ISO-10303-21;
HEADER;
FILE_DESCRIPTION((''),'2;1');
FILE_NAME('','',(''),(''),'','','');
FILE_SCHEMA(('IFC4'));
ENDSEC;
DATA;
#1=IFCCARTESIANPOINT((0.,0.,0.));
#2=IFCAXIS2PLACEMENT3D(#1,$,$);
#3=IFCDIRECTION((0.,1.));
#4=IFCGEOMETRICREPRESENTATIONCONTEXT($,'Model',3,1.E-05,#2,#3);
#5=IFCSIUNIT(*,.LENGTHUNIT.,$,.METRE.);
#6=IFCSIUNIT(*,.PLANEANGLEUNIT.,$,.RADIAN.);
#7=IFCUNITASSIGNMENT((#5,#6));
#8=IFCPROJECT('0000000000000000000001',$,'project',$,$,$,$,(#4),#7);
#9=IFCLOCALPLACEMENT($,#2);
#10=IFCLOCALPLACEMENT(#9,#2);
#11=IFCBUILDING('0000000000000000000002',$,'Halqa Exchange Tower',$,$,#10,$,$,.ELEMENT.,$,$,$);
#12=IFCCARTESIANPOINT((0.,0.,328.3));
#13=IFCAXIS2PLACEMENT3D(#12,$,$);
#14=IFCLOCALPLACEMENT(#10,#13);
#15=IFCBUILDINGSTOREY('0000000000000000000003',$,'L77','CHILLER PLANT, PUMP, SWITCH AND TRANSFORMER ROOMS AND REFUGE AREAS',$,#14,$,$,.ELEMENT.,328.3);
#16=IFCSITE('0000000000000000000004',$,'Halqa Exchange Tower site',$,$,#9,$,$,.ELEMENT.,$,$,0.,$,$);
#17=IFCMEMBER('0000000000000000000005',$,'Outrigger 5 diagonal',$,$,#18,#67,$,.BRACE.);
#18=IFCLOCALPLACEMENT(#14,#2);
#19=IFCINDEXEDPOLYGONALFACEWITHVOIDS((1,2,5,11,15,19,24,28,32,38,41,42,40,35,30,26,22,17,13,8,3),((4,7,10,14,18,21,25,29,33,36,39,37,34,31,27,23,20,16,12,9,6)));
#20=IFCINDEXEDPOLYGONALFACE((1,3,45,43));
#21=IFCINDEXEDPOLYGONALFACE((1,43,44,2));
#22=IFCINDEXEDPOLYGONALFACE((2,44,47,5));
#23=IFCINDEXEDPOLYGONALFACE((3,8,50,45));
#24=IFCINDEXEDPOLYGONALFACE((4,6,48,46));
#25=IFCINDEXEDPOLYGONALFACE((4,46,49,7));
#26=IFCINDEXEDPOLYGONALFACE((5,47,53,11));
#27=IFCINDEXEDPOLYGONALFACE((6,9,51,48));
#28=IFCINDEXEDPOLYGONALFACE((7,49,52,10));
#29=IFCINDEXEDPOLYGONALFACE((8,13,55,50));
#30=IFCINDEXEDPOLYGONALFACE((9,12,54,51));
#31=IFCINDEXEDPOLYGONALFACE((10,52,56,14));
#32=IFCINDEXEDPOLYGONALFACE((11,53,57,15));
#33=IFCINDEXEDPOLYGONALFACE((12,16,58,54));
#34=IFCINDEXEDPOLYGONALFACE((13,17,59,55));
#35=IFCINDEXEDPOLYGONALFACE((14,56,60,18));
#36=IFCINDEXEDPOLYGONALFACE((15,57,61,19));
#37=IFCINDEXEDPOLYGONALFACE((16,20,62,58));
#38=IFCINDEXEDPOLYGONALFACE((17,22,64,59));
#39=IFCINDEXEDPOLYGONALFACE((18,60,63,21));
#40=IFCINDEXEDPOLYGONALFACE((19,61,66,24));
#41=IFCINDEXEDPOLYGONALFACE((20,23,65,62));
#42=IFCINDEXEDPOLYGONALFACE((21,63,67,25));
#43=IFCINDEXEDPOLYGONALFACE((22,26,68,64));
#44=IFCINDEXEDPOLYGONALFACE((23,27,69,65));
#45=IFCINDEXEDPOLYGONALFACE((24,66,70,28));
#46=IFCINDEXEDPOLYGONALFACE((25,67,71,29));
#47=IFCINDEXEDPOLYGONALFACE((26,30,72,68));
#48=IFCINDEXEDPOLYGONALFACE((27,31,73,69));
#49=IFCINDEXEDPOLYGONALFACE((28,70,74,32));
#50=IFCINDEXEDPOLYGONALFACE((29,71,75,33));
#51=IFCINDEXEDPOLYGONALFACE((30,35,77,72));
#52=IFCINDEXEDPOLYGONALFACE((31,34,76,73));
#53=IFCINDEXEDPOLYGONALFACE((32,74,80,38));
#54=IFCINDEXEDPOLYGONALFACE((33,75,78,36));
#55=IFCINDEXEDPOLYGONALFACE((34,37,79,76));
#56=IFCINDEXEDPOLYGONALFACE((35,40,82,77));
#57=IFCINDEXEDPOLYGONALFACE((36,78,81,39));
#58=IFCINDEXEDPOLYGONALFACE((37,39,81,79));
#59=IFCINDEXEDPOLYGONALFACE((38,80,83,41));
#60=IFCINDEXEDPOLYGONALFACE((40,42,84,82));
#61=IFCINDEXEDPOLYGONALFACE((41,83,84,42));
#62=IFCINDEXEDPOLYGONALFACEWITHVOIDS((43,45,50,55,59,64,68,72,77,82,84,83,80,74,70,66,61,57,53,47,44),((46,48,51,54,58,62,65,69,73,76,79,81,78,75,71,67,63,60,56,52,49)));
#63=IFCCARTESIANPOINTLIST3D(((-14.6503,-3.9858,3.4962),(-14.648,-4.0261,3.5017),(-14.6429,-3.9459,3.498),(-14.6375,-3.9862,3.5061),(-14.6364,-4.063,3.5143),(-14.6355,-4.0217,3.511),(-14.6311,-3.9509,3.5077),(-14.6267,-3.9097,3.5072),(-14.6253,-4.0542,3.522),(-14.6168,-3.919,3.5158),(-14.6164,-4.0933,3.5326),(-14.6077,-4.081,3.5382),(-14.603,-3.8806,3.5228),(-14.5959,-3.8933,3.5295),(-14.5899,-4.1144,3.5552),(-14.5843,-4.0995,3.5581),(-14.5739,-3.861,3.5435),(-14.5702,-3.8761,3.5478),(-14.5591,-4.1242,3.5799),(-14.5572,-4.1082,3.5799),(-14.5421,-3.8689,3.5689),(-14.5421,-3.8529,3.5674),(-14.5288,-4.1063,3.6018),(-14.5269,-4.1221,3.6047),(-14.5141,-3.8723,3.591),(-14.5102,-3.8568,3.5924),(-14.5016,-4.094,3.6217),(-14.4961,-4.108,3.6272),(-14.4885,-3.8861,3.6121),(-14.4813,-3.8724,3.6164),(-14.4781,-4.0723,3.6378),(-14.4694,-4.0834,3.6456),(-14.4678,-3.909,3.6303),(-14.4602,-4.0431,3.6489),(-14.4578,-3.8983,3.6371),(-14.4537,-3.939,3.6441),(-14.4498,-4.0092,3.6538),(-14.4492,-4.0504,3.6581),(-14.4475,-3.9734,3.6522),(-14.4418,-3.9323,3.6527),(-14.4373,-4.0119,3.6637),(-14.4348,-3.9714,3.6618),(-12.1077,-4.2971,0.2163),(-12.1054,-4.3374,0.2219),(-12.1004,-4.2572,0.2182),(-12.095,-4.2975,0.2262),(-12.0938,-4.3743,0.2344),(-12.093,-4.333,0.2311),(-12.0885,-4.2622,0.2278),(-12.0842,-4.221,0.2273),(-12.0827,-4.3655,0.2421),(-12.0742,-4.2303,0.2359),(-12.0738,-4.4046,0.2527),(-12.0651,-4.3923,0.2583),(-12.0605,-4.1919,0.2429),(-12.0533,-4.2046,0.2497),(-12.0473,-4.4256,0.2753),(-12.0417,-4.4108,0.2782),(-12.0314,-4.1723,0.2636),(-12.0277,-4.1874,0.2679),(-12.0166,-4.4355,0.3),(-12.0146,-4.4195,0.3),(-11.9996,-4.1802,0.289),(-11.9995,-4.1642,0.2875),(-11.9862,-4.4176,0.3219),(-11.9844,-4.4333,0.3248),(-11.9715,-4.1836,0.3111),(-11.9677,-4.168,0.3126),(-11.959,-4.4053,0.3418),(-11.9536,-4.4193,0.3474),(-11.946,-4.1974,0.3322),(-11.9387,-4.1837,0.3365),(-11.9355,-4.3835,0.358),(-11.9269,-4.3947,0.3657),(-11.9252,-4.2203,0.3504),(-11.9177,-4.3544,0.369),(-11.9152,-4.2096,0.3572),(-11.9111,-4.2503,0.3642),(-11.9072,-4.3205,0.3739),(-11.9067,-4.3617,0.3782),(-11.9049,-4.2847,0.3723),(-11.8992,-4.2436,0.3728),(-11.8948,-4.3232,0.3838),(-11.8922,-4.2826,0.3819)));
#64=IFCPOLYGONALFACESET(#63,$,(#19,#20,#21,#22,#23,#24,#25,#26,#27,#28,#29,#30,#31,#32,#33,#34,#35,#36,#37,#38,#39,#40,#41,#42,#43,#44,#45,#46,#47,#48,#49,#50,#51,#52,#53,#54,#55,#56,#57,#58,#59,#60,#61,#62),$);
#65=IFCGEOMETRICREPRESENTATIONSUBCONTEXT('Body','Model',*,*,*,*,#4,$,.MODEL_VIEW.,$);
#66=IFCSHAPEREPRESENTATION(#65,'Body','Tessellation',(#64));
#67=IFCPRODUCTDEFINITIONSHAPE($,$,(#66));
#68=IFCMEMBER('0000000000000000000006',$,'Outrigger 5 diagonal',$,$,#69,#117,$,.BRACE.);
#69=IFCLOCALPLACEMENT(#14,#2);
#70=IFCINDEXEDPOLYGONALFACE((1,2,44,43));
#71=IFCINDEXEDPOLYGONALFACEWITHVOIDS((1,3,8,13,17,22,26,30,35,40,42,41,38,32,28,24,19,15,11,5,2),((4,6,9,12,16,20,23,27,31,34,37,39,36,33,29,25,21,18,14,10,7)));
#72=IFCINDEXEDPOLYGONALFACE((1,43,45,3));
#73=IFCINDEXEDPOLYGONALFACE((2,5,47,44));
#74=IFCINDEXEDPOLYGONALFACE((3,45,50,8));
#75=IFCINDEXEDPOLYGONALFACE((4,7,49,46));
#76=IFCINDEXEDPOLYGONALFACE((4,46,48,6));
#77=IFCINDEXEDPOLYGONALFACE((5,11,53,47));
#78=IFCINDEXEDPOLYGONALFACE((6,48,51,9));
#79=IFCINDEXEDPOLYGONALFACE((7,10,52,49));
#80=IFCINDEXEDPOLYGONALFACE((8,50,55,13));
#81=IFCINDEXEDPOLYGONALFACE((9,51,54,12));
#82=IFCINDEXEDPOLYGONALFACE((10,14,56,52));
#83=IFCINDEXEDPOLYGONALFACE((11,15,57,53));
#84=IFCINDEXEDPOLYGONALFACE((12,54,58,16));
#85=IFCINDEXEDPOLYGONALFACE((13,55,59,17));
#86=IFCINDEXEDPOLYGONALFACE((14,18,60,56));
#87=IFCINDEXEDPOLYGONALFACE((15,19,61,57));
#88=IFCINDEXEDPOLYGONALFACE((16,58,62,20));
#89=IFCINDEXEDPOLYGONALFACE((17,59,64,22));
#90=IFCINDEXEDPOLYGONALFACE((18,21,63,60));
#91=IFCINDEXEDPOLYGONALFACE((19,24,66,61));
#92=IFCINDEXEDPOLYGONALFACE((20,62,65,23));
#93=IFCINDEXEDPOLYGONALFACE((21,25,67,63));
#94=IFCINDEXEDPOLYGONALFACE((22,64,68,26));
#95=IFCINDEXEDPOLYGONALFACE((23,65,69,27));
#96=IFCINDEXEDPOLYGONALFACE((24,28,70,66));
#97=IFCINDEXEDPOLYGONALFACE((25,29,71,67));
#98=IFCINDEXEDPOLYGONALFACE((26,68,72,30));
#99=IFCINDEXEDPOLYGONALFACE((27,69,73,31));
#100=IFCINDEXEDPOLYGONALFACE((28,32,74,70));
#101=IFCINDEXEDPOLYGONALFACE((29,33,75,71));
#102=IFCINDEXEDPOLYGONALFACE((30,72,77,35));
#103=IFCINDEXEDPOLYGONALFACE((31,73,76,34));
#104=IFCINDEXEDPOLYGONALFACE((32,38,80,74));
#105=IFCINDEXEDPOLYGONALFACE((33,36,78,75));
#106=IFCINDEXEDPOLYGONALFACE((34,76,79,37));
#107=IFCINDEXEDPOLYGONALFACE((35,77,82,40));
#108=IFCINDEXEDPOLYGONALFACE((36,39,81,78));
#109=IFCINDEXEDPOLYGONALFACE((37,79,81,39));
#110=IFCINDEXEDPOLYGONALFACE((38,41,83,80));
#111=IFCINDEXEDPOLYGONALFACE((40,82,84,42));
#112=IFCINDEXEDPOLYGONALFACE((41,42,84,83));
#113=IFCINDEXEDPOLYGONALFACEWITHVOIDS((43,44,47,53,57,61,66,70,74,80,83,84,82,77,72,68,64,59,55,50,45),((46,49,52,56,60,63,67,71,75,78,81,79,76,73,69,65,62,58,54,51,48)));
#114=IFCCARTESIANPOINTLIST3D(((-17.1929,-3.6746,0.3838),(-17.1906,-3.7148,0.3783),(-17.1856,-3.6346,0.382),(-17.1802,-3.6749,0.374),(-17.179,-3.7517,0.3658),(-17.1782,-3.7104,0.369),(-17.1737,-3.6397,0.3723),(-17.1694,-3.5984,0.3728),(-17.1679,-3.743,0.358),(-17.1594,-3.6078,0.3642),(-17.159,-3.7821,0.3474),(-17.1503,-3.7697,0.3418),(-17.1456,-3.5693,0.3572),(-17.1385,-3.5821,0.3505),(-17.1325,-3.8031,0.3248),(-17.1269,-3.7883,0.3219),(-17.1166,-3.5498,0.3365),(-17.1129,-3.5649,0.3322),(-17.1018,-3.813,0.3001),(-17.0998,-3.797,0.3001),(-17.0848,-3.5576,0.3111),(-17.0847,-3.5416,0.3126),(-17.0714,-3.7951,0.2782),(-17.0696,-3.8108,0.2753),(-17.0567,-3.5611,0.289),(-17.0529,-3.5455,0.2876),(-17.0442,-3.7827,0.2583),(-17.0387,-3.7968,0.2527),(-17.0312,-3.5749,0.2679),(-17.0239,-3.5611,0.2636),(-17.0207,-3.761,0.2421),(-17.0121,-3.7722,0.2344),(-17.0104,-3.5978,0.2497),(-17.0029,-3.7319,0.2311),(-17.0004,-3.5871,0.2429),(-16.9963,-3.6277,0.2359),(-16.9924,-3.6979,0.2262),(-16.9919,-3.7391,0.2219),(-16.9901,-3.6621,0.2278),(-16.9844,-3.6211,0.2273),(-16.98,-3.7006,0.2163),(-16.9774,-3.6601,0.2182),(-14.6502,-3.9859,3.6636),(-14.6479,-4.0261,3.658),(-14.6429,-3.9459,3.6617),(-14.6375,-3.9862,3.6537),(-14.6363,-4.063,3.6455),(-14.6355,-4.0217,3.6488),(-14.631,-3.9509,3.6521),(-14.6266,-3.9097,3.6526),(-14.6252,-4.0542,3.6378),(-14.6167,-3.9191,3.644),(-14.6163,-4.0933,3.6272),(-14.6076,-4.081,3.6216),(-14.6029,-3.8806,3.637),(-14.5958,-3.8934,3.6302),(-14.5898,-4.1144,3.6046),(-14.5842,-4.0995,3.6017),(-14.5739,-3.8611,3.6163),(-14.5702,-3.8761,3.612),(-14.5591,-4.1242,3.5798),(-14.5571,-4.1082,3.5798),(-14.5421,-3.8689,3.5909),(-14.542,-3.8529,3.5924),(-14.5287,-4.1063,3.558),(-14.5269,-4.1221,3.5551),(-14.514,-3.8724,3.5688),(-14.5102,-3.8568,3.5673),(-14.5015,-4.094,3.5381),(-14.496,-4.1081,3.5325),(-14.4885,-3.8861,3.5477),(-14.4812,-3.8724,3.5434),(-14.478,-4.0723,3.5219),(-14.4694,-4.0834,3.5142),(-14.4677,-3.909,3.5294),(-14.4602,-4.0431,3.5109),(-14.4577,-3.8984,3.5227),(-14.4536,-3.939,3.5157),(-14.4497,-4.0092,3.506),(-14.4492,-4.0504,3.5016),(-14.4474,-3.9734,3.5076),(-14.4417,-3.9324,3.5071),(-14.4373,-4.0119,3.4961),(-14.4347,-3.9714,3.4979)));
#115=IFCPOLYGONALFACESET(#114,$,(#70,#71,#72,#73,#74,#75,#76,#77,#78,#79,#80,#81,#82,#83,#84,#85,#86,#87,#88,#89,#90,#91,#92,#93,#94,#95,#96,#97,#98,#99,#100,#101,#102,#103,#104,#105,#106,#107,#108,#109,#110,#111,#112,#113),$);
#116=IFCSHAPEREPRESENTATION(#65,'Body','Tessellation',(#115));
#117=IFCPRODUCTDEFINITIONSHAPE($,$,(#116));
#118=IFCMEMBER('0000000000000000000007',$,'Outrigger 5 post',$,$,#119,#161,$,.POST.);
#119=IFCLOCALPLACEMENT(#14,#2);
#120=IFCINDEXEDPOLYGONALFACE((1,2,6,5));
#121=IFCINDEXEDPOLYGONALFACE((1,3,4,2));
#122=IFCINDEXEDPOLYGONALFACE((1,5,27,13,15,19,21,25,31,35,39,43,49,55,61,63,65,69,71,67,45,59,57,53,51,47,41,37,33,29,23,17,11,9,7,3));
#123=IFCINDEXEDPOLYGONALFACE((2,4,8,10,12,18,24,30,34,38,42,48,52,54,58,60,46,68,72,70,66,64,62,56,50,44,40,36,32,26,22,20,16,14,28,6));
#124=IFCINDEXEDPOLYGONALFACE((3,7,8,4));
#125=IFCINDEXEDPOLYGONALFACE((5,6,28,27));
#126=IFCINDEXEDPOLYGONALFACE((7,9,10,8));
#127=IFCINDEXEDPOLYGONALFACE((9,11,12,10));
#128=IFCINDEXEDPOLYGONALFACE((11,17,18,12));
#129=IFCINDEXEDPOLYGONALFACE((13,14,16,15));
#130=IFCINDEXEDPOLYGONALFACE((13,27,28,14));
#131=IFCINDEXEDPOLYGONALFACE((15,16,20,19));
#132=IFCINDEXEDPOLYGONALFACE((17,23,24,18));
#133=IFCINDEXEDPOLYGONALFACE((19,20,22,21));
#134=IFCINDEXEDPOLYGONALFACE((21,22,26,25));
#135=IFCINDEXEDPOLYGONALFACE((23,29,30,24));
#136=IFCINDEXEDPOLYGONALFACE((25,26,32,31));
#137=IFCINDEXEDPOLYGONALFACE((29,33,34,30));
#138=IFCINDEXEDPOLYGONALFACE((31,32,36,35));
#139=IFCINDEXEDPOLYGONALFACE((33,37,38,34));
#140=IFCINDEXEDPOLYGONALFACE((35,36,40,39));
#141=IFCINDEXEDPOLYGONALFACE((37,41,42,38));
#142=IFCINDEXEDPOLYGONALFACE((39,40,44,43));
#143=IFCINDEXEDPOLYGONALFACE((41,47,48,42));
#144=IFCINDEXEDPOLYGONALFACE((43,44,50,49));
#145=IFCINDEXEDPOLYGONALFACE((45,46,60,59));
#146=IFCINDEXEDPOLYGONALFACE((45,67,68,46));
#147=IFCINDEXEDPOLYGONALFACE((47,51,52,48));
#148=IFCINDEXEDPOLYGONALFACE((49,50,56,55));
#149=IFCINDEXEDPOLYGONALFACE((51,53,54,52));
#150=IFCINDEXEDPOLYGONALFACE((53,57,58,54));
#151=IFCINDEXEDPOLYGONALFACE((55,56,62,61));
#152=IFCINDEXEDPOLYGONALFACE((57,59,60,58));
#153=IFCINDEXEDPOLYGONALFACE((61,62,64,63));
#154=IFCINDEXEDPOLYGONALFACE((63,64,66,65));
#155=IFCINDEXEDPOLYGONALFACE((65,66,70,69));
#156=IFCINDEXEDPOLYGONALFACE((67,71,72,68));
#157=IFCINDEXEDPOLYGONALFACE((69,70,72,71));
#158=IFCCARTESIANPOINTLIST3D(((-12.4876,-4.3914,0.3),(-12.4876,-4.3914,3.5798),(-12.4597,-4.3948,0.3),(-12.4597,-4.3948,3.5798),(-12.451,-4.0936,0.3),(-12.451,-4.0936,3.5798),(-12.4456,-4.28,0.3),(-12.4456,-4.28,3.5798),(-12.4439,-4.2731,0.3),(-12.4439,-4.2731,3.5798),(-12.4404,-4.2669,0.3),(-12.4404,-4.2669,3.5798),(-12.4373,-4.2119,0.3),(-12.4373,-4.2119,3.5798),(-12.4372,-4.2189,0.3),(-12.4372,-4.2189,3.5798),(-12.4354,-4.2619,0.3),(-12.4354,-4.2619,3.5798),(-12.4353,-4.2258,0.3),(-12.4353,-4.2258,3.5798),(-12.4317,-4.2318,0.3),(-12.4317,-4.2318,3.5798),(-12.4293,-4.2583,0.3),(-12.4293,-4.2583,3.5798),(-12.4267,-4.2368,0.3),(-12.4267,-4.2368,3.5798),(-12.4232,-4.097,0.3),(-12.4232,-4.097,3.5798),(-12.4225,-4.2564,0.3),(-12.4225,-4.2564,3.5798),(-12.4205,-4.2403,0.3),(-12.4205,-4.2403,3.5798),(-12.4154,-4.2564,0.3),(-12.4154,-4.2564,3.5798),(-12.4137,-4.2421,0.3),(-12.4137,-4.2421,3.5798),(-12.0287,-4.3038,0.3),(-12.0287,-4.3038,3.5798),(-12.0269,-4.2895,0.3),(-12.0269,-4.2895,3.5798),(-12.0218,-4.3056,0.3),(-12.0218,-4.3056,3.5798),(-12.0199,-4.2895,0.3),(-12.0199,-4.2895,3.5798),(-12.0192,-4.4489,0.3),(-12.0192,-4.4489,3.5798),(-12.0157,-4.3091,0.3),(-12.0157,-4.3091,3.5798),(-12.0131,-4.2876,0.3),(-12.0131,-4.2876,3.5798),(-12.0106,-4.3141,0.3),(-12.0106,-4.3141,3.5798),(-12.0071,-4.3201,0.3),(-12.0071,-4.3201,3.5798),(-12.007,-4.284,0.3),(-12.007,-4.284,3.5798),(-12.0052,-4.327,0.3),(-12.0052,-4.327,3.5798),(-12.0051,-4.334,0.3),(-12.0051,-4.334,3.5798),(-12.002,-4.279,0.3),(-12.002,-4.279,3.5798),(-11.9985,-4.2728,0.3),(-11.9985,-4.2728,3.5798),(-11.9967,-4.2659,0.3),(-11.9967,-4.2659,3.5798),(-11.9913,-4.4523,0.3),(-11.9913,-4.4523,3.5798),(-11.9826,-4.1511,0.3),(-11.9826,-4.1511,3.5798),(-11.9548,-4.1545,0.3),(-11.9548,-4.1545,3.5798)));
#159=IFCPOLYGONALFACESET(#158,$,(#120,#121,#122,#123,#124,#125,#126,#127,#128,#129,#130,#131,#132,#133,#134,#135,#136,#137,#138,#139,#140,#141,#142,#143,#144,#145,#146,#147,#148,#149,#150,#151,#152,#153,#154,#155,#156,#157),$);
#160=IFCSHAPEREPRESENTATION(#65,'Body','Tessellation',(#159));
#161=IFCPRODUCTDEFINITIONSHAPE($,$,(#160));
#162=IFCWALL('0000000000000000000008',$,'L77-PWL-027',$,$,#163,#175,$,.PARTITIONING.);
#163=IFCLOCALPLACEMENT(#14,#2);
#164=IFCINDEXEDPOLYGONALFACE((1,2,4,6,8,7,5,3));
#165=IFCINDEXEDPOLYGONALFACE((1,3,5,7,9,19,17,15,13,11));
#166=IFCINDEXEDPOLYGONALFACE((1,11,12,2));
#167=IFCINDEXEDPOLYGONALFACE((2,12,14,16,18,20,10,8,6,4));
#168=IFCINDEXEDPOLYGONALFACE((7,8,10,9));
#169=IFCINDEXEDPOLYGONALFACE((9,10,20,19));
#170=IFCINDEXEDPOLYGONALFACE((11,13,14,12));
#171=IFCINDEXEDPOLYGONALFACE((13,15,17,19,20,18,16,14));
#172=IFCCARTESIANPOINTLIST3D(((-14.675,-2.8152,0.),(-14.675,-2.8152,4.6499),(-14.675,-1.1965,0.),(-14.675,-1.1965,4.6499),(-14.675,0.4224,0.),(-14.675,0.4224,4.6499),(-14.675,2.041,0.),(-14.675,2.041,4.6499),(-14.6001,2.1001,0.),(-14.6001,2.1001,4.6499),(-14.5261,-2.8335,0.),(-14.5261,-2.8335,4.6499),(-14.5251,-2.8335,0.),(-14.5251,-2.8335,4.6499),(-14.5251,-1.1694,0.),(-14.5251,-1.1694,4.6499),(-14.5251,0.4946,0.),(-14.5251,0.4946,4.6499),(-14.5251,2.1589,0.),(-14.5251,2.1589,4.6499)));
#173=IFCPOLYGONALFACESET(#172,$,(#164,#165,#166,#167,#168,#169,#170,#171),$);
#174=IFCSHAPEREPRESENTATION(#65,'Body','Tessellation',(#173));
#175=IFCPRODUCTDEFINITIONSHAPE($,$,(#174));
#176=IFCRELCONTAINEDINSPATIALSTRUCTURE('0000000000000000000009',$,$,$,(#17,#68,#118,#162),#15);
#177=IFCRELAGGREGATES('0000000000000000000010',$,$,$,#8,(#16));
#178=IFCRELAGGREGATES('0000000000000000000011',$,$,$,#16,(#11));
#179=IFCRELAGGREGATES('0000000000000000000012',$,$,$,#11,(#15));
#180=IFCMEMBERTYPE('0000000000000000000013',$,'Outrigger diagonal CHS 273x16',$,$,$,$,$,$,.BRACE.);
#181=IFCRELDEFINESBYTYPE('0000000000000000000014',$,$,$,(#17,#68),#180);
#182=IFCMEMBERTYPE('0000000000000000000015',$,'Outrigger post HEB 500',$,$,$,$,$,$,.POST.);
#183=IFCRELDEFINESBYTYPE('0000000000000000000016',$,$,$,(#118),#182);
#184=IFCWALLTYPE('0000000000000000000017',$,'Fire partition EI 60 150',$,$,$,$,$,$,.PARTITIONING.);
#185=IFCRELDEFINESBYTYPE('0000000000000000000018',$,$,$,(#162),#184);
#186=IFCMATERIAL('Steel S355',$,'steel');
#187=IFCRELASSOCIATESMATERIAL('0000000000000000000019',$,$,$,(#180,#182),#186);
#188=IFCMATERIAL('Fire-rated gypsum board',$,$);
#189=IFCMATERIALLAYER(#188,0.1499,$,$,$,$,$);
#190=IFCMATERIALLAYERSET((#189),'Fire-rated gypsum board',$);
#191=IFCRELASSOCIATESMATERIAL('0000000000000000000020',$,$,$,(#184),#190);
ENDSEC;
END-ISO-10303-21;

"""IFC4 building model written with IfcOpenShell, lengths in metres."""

from ifc_helpers import new_model, si_unit, direction, frame, origin, origin_2d, place, context, subcontext, project, spatial, polyline, hollow_circle, i_section, outline, extrude, material, layer, layer_set, material_profile, profile_set, type_object, element, save


model = new_model("IFC4")

# Units and contexts
model_context = context("Model", 3, precision=1e-05, world=origin(), true_north=direction((0.0, 1.0)))
body_context = subcontext(model_context, "Body", "Model", "MODEL_VIEW")
ifc_project = project(units=[si_unit("LENGTHUNIT", "METRE"), si_unit("PLANEANGLEUNIT", "RADIAN")], contexts=[model_context])

# Site, building, storey
site_placement = place(None, origin())
site = spatial("IfcSite", under=ifc_project, at=site_placement, Name="Halqa Exchange Tower site", CompositionType="ELEMENT", RefElevation=0.0)
building_placement = place(site_placement, origin())
building = spatial("IfcBuilding", under=site, at=building_placement, Name="Halqa Exchange Tower", CompositionType="ELEMENT")
storey_placement = place(building_placement, frame((0.0, 0.0, 328.3)))
storey = spatial("IfcBuildingStorey", under=building, at=storey_placement, Name="L77", Description="CHILLER PLANT, PUMP, SWITCH AND TRANSFORMER ROOMS AND REFUGE AREAS", CompositionType="ELEMENT", Elevation=328.3)

# Shared definitions
ifc_material_1 = material(Name="Steel S355", Category="steel")

# Members
ifc_material_profile_1 = material_profile(ifc_material_1, hollow_circle(Radius=0.1365, WallThickness=0.0161, at=origin_2d()), Name="CHS 273x16")
ifc_profile_set_1 = profile_set([ifc_material_profile_1], Name="Steel S355")
member_type_1 = type_object("IfcMemberType", Name="Outrigger diagonal CHS 273x16", PredefinedType="BRACE", material=ifc_profile_set_1)
for number, where, z_axis, x_axis, name in (
    (1, (-12.0, -4.3, 0.3), (-0.610953, 0.0748, 0.788125), (-0.121524, -0.992589, 0.0), "Outrigger 5 diagonal"),
    (2, (-14.5425, -3.9888, 3.5798), (-0.610989, 0.074797, -0.788097), (-0.121512, -0.99259, 0.0), "Outrigger 5 diagonal"),
):
    element("IfcMember", number, at=place(storey_placement, frame(where, z_axis=z_axis, x_axis=x_axis)), inside=storey, type_object=member_type_1, Name=name, PredefinedType="BRACE", context=body_context, shape_type="SweptSolid", body=[
        extrude(hollow_circle(Radius=0.1365, WallThickness=0.0161, at=origin_2d()), origin(), (0.0, 0.0, 1.0), 4.1616),
    ])
ifc_material_profile_2 = material_profile(ifc_material_1, i_section(OverallWidth=0.3, OverallDepth=0.5, WebThickness=0.0144, FlangeThickness=0.0281, FilletRadius=0.0271, at=origin_2d()), Name="HEB 500")
ifc_profile_set_2 = profile_set([ifc_material_profile_2], Name="Steel S355")
member_type_2 = type_object("IfcMemberType", Name="Outrigger post HEB 500", PredefinedType="POST", material=ifc_profile_set_2)
member_1_placement = place(storey_placement, frame((-12.2212, -4.2729, 0.3), z_axis=(0.0, 0.0, 1.0), x_axis=(-0.121852, -0.992548, 0.0)))
element("IfcMember", 3, at=member_1_placement, inside=storey, type_object=member_type_2, Name="Outrigger 5 post", PredefinedType="POST", context=body_context, shape_type="SweptSolid", body=[
    extrude(i_section(OverallWidth=0.3, OverallDepth=0.5, WebThickness=0.0144, FlangeThickness=0.0281, FilletRadius=0.0271, at=origin_2d()), origin(), (0.0, 0.0, 1.0), 3.2798),
])

# Wall
ifc_material_2 = material(Name="Fire-rated gypsum board")
ifc_layer_1 = layer(ifc_material_2, 0.1499)
ifc_layer_set_1 = layer_set([ifc_layer_1], Name="Fire-rated gypsum board")
wall_type_1 = type_object("IfcWallType", Name="Fire partition EI 60 150", PredefinedType="PARTITIONING", material=ifc_layer_set_1)
wall_1_placement = place(storey_placement, frame((-14.6001, -2.8335, 0.0), z_axis=(0.0, 0.0, 1.0), x_axis=(0.0, 1.0, 0.0)))
element("IfcWall", 4, at=wall_1_placement, inside=storey, type_object=wall_type_1, Name="L77-PWL-027", PredefinedType="PARTITIONING", context=body_context, shape_type="SweptSolid", body=[
    extrude(outline(polyline([(0.0, -0.075), (1.6641, -0.075), (3.3281, -0.075), (4.9924, -0.075), (4.9336, 0.0), (4.8745, 0.075), (4.8745, 0.075), (4.8745, 0.075), (3.2559, 0.075), (1.637, 0.075), (0.0183, 0.075), (0.0, -0.074), (0.0, -0.075)])), origin(), (0.0, 0.0, 1.0), 4.6499),
])

save(model, "model.ifc")
